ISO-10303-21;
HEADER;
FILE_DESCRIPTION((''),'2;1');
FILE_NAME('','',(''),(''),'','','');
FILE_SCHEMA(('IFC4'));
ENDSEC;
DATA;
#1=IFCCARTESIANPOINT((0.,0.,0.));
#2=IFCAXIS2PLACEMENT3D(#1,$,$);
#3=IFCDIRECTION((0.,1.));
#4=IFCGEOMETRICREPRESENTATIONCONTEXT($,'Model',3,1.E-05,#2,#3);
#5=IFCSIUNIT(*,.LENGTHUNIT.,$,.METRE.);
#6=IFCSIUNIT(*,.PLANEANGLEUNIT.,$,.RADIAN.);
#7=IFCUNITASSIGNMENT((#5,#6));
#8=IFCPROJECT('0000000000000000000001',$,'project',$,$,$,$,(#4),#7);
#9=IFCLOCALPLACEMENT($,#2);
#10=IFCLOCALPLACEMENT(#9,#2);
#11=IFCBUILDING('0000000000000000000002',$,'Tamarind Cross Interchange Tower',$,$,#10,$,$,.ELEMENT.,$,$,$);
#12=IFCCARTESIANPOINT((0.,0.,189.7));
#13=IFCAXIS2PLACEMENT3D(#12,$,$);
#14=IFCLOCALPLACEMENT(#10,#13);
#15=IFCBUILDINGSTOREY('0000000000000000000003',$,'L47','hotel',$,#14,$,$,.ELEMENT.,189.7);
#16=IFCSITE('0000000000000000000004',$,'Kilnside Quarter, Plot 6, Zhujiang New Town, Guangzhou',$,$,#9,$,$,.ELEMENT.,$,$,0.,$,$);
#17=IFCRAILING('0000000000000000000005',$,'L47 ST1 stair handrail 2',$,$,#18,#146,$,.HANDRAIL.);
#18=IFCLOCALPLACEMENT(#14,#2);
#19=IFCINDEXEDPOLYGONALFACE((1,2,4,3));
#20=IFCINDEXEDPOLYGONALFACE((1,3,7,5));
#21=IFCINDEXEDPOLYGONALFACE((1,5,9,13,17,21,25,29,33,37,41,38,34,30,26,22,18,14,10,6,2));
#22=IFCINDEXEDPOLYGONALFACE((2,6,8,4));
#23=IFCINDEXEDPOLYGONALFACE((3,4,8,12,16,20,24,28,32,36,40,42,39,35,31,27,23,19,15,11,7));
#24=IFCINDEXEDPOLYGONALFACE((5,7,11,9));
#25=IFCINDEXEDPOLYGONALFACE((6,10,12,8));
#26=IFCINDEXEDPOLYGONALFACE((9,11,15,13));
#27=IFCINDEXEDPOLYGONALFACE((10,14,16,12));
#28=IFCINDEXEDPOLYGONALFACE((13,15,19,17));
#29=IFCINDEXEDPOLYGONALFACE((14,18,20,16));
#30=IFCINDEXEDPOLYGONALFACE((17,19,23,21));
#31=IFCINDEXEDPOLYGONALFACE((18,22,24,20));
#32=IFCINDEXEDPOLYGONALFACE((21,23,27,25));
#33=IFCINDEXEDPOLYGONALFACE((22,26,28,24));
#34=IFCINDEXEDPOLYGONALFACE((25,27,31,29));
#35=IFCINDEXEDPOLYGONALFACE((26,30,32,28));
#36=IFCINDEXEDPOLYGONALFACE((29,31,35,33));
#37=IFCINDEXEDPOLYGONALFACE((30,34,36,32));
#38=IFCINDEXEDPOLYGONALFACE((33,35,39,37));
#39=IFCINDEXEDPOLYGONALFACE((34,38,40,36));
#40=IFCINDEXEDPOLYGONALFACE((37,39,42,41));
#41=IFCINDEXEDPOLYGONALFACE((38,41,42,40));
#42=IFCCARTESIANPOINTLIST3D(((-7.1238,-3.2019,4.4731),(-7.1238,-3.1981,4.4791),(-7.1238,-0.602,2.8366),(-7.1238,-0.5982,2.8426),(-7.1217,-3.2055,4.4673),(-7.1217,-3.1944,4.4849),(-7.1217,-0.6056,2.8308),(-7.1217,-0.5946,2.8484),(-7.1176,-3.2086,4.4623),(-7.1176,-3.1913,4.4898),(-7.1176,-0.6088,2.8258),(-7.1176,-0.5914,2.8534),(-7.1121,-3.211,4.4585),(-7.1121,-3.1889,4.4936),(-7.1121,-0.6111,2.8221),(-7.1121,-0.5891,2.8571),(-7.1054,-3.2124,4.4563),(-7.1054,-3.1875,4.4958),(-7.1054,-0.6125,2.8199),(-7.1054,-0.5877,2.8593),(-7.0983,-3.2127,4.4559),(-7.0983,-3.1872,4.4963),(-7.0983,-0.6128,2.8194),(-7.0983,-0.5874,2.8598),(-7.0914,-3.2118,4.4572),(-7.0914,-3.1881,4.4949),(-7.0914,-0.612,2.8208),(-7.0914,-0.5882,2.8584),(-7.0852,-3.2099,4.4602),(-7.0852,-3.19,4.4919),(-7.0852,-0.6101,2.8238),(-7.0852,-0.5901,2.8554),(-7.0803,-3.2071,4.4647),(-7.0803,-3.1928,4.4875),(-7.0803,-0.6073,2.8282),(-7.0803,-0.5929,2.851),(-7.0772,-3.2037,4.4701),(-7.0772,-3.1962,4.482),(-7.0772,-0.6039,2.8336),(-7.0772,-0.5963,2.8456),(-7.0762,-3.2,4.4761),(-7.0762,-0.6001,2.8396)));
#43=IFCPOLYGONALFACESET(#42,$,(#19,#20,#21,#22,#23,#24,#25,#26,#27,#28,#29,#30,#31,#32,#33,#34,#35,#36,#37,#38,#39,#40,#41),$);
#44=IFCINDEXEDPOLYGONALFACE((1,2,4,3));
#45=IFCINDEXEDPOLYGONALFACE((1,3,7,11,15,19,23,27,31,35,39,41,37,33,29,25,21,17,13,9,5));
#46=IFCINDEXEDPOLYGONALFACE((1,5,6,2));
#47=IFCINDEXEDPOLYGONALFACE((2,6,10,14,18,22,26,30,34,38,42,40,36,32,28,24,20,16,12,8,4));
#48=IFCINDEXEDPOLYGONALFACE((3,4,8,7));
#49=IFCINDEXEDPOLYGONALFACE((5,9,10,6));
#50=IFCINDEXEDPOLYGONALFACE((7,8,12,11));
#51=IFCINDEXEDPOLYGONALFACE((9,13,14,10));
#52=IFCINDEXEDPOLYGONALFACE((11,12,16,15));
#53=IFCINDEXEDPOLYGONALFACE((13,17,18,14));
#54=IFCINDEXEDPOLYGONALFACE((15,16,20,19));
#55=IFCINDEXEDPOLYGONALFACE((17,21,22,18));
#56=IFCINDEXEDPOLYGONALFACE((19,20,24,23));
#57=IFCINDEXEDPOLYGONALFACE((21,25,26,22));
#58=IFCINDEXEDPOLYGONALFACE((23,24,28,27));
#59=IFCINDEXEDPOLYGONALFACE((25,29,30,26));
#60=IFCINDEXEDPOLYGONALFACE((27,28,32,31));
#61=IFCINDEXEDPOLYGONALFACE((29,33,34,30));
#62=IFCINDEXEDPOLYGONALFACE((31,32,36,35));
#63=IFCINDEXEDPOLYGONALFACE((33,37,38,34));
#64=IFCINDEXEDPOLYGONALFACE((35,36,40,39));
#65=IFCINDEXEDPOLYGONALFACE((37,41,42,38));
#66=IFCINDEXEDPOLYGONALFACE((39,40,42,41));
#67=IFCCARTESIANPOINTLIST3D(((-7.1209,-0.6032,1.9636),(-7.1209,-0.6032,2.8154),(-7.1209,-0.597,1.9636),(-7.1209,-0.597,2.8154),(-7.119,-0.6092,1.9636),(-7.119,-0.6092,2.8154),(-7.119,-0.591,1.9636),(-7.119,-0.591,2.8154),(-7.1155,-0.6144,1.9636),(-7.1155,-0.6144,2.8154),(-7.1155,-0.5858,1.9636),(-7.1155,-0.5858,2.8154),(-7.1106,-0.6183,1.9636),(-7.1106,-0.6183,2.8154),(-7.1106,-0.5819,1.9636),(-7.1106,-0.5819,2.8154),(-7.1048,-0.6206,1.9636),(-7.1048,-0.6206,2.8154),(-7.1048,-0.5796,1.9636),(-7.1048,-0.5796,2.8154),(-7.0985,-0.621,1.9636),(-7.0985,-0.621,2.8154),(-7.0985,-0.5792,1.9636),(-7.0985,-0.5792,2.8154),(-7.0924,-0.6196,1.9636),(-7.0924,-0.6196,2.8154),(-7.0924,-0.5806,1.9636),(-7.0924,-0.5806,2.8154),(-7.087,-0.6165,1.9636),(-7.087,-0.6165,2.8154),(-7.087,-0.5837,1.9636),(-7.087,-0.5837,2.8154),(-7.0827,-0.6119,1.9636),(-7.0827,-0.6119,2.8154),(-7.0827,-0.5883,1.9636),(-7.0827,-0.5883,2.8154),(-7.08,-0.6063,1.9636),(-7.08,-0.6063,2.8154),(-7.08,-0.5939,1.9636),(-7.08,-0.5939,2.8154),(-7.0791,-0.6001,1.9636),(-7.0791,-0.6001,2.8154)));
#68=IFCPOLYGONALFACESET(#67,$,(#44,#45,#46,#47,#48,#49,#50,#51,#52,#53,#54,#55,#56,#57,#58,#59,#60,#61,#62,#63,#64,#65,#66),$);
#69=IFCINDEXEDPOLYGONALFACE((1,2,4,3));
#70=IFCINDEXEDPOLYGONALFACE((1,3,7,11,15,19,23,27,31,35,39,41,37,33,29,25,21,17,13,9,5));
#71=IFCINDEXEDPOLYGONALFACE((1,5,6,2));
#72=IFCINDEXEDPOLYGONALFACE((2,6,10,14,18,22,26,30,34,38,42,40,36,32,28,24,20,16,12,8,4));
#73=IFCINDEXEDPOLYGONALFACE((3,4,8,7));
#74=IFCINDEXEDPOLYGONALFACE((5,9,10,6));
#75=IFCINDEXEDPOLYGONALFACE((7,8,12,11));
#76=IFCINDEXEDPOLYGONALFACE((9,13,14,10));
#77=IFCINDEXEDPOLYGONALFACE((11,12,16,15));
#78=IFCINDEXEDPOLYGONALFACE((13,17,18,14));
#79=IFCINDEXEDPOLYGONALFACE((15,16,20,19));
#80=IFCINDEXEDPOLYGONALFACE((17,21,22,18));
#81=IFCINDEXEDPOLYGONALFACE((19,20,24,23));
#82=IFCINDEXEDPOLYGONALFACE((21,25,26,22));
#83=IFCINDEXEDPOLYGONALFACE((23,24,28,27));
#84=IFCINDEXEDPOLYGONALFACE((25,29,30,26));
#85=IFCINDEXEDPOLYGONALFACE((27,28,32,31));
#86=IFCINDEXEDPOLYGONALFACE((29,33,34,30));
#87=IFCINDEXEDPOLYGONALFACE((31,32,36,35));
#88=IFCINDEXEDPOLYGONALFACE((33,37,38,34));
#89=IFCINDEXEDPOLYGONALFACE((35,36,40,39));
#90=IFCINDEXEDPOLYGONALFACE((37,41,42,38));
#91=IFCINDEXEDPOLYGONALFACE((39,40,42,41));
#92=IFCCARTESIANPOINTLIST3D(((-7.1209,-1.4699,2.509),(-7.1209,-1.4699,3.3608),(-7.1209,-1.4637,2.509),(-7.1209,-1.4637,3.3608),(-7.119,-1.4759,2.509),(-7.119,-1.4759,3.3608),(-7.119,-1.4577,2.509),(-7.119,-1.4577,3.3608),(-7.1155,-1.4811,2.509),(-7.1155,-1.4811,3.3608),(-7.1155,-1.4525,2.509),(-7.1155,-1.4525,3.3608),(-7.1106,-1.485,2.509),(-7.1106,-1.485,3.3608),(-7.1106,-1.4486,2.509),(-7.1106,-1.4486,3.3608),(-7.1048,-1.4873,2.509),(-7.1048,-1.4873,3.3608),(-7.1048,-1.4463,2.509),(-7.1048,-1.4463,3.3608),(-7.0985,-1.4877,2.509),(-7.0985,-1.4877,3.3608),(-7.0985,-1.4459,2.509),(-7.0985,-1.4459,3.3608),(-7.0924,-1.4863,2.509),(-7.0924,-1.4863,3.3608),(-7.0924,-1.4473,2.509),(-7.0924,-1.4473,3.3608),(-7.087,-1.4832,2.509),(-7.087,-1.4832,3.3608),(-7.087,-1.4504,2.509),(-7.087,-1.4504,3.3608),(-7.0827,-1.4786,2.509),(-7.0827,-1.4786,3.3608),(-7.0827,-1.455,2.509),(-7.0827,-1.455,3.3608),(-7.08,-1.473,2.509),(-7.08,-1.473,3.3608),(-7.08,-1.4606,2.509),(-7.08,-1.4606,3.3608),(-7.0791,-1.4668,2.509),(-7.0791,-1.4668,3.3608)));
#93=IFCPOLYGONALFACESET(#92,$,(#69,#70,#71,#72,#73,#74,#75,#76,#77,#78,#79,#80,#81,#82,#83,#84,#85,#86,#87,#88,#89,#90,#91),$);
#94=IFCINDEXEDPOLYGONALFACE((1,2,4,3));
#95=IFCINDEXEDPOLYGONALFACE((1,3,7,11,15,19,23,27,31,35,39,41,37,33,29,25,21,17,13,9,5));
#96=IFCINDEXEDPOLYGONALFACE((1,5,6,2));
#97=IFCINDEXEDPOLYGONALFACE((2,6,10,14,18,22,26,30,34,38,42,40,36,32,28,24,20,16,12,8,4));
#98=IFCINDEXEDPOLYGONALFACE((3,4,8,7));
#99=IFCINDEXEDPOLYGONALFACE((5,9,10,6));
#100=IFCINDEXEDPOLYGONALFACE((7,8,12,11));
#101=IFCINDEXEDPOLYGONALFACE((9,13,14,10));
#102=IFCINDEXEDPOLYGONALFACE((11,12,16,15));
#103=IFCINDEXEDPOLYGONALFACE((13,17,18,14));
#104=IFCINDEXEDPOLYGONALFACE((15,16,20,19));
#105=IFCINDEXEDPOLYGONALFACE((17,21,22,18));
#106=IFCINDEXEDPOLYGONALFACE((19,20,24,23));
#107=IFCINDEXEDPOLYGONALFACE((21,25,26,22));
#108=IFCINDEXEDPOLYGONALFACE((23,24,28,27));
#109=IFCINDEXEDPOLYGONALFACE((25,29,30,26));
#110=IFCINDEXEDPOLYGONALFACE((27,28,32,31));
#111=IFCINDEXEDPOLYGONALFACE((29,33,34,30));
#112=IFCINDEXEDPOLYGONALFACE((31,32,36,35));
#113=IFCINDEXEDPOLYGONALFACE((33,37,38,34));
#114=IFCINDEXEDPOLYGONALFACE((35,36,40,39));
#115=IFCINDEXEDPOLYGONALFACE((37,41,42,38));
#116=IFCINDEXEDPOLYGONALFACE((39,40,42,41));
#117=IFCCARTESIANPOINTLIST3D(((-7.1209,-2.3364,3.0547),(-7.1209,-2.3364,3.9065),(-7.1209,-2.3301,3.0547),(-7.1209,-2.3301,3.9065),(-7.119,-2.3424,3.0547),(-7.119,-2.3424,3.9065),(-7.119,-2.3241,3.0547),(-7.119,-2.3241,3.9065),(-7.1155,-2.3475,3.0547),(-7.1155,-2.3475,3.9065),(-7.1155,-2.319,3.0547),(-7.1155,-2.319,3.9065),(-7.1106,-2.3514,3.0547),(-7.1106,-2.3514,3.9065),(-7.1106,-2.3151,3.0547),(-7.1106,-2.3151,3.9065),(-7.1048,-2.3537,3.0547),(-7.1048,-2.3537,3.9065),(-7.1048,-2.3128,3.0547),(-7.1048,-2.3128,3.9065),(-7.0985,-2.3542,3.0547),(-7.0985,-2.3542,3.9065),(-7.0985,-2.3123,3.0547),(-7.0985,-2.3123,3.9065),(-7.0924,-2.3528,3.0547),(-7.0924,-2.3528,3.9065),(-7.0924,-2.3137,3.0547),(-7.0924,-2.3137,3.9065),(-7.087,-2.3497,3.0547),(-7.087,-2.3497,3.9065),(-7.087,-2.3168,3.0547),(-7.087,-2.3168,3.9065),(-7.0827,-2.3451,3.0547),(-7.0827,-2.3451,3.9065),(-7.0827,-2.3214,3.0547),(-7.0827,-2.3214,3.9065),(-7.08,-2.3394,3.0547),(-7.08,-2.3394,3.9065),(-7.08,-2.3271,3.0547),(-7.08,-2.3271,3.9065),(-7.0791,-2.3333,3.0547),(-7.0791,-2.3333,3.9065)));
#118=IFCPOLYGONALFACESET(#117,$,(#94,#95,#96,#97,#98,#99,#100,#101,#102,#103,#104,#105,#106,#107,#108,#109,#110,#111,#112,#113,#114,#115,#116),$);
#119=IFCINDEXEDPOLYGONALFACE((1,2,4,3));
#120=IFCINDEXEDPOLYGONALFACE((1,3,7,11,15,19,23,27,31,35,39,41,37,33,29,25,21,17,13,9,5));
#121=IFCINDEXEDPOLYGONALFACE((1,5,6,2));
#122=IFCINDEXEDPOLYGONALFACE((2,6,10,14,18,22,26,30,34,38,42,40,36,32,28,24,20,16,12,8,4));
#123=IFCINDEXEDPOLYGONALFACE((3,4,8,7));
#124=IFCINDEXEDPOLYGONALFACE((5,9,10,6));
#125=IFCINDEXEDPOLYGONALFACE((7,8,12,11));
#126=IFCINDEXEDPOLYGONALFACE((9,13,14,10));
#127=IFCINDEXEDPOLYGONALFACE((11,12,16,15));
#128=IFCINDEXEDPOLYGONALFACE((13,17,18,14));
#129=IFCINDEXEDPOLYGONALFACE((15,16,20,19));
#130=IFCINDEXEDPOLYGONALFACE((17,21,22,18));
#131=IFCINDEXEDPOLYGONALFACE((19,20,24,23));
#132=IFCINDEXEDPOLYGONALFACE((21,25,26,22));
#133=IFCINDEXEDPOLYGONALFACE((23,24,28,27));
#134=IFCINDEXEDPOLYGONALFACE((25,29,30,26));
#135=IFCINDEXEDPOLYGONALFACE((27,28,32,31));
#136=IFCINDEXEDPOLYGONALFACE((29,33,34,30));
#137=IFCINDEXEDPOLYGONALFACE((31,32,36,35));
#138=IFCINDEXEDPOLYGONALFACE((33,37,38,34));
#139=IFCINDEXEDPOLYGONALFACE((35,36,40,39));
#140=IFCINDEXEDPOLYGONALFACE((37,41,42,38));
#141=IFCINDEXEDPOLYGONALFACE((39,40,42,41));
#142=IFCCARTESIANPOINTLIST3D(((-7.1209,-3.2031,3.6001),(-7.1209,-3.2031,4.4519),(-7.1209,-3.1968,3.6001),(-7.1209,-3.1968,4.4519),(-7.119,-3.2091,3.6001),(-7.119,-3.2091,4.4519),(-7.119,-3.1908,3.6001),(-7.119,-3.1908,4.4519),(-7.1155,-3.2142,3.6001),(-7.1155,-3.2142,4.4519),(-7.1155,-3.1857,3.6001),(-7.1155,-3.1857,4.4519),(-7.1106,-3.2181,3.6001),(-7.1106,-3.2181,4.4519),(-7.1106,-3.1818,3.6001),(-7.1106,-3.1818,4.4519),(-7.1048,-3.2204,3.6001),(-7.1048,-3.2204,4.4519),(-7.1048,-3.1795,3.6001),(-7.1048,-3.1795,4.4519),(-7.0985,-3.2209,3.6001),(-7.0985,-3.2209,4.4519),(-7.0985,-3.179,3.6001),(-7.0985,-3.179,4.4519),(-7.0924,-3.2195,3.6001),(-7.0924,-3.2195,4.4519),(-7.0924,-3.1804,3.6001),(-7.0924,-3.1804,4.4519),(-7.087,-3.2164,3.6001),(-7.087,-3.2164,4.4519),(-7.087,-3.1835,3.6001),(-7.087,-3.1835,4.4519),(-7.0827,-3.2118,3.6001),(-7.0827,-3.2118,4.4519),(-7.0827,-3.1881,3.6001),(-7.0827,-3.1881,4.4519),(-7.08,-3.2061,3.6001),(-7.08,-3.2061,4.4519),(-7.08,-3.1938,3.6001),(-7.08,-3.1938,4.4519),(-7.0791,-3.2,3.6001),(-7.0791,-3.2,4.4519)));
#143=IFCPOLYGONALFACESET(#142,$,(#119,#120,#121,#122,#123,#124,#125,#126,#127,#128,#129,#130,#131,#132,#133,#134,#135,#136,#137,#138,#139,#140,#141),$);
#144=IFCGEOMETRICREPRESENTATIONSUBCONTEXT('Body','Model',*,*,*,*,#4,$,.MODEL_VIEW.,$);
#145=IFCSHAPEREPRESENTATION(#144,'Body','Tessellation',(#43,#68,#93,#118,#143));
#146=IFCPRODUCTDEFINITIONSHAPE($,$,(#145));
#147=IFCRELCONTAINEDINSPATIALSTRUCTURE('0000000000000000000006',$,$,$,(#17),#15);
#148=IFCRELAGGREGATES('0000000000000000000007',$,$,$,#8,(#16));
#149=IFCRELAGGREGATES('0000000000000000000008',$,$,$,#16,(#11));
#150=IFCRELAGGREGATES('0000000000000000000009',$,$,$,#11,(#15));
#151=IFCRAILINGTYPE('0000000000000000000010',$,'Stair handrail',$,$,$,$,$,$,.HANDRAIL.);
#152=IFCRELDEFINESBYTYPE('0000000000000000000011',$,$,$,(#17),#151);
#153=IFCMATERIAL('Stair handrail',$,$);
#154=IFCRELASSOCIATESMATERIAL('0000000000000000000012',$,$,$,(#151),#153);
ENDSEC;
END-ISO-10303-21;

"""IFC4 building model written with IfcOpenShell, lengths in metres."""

from ifc_helpers import new_model, si_unit, direction, frame, origin, origin_2d, place, context, subcontext, project, spatial, circle, extrude, material, type_object, element, save


model = new_model("IFC4")

# Units and contexts
model_context = context("Model", 3, precision=1e-05, world=origin(), true_north=direction((0.0, 1.0)))
body_context = subcontext(model_context, "Body", "Model", "MODEL_VIEW")
ifc_project = project(units=[si_unit("LENGTHUNIT", "METRE"), si_unit("PLANEANGLEUNIT", "RADIAN")], contexts=[model_context])

# Site, building, storey
site_placement = place(None, origin())
site = spatial("IfcSite", under=ifc_project, at=site_placement, Name="Kilnside Quarter, Plot 6, Zhujiang New Town, Guangzhou", CompositionType="ELEMENT", RefElevation=0.0)
building_placement = place(site_placement, origin())
building = spatial("IfcBuilding", under=site, at=building_placement, Name="Tamarind Cross Interchange Tower", CompositionType="ELEMENT")
storey_placement = place(building_placement, frame((0.0, 0.0, 189.7)))
storey = spatial("IfcBuildingStorey", under=building, at=storey_placement, Name="L47", Description="hotel", CompositionType="ELEMENT", Elevation=189.7)

# Railing
ifc_material_1 = material(Name="Stair handrail")
railing_type_1 = type_object("IfcRailingType", Name="Stair handrail", PredefinedType="HANDRAIL", material=ifc_material_1)
railing_1_placement = place(storey_placement, frame((-7.1001, -0.6001, 1.9636)))
element("IfcRailing", 1, at=railing_1_placement, inside=storey, type_object=railing_type_1, Name="L47 ST1 stair handrail 2", PredefinedType="HANDRAIL", context=body_context, shape_type="SweptSolid", body=[
    extrude(circle(Radius=0.0239, at=origin_2d()), frame((0.0, 0.0, 0.876), z_axis=(0.0, -0.846302, 0.532704), x_axis=(1.0, 0.0, 0.0)), (0.0, 0.0, 1.0), 3.072),
    extrude(circle(Radius=0.021, at=origin_2d()), origin(), (0.0, 0.0, 1.0), 0.8518),
    extrude(circle(Radius=0.021, at=origin_2d()), frame((0.0, -0.8667, 0.5454)), (0.0, 0.0, 1.0), 0.8518),
    extrude(circle(Radius=0.021, at=origin_2d()), frame((0.0, -1.7332, 1.0911)), (0.0, 0.0, 1.0), 0.8518),
    extrude(circle(Radius=0.021, at=origin_2d()), frame((0.0, -2.5999, 1.6365)), (0.0, 0.0, 1.0), 0.8518),
])

save(model, "model.ifc")
